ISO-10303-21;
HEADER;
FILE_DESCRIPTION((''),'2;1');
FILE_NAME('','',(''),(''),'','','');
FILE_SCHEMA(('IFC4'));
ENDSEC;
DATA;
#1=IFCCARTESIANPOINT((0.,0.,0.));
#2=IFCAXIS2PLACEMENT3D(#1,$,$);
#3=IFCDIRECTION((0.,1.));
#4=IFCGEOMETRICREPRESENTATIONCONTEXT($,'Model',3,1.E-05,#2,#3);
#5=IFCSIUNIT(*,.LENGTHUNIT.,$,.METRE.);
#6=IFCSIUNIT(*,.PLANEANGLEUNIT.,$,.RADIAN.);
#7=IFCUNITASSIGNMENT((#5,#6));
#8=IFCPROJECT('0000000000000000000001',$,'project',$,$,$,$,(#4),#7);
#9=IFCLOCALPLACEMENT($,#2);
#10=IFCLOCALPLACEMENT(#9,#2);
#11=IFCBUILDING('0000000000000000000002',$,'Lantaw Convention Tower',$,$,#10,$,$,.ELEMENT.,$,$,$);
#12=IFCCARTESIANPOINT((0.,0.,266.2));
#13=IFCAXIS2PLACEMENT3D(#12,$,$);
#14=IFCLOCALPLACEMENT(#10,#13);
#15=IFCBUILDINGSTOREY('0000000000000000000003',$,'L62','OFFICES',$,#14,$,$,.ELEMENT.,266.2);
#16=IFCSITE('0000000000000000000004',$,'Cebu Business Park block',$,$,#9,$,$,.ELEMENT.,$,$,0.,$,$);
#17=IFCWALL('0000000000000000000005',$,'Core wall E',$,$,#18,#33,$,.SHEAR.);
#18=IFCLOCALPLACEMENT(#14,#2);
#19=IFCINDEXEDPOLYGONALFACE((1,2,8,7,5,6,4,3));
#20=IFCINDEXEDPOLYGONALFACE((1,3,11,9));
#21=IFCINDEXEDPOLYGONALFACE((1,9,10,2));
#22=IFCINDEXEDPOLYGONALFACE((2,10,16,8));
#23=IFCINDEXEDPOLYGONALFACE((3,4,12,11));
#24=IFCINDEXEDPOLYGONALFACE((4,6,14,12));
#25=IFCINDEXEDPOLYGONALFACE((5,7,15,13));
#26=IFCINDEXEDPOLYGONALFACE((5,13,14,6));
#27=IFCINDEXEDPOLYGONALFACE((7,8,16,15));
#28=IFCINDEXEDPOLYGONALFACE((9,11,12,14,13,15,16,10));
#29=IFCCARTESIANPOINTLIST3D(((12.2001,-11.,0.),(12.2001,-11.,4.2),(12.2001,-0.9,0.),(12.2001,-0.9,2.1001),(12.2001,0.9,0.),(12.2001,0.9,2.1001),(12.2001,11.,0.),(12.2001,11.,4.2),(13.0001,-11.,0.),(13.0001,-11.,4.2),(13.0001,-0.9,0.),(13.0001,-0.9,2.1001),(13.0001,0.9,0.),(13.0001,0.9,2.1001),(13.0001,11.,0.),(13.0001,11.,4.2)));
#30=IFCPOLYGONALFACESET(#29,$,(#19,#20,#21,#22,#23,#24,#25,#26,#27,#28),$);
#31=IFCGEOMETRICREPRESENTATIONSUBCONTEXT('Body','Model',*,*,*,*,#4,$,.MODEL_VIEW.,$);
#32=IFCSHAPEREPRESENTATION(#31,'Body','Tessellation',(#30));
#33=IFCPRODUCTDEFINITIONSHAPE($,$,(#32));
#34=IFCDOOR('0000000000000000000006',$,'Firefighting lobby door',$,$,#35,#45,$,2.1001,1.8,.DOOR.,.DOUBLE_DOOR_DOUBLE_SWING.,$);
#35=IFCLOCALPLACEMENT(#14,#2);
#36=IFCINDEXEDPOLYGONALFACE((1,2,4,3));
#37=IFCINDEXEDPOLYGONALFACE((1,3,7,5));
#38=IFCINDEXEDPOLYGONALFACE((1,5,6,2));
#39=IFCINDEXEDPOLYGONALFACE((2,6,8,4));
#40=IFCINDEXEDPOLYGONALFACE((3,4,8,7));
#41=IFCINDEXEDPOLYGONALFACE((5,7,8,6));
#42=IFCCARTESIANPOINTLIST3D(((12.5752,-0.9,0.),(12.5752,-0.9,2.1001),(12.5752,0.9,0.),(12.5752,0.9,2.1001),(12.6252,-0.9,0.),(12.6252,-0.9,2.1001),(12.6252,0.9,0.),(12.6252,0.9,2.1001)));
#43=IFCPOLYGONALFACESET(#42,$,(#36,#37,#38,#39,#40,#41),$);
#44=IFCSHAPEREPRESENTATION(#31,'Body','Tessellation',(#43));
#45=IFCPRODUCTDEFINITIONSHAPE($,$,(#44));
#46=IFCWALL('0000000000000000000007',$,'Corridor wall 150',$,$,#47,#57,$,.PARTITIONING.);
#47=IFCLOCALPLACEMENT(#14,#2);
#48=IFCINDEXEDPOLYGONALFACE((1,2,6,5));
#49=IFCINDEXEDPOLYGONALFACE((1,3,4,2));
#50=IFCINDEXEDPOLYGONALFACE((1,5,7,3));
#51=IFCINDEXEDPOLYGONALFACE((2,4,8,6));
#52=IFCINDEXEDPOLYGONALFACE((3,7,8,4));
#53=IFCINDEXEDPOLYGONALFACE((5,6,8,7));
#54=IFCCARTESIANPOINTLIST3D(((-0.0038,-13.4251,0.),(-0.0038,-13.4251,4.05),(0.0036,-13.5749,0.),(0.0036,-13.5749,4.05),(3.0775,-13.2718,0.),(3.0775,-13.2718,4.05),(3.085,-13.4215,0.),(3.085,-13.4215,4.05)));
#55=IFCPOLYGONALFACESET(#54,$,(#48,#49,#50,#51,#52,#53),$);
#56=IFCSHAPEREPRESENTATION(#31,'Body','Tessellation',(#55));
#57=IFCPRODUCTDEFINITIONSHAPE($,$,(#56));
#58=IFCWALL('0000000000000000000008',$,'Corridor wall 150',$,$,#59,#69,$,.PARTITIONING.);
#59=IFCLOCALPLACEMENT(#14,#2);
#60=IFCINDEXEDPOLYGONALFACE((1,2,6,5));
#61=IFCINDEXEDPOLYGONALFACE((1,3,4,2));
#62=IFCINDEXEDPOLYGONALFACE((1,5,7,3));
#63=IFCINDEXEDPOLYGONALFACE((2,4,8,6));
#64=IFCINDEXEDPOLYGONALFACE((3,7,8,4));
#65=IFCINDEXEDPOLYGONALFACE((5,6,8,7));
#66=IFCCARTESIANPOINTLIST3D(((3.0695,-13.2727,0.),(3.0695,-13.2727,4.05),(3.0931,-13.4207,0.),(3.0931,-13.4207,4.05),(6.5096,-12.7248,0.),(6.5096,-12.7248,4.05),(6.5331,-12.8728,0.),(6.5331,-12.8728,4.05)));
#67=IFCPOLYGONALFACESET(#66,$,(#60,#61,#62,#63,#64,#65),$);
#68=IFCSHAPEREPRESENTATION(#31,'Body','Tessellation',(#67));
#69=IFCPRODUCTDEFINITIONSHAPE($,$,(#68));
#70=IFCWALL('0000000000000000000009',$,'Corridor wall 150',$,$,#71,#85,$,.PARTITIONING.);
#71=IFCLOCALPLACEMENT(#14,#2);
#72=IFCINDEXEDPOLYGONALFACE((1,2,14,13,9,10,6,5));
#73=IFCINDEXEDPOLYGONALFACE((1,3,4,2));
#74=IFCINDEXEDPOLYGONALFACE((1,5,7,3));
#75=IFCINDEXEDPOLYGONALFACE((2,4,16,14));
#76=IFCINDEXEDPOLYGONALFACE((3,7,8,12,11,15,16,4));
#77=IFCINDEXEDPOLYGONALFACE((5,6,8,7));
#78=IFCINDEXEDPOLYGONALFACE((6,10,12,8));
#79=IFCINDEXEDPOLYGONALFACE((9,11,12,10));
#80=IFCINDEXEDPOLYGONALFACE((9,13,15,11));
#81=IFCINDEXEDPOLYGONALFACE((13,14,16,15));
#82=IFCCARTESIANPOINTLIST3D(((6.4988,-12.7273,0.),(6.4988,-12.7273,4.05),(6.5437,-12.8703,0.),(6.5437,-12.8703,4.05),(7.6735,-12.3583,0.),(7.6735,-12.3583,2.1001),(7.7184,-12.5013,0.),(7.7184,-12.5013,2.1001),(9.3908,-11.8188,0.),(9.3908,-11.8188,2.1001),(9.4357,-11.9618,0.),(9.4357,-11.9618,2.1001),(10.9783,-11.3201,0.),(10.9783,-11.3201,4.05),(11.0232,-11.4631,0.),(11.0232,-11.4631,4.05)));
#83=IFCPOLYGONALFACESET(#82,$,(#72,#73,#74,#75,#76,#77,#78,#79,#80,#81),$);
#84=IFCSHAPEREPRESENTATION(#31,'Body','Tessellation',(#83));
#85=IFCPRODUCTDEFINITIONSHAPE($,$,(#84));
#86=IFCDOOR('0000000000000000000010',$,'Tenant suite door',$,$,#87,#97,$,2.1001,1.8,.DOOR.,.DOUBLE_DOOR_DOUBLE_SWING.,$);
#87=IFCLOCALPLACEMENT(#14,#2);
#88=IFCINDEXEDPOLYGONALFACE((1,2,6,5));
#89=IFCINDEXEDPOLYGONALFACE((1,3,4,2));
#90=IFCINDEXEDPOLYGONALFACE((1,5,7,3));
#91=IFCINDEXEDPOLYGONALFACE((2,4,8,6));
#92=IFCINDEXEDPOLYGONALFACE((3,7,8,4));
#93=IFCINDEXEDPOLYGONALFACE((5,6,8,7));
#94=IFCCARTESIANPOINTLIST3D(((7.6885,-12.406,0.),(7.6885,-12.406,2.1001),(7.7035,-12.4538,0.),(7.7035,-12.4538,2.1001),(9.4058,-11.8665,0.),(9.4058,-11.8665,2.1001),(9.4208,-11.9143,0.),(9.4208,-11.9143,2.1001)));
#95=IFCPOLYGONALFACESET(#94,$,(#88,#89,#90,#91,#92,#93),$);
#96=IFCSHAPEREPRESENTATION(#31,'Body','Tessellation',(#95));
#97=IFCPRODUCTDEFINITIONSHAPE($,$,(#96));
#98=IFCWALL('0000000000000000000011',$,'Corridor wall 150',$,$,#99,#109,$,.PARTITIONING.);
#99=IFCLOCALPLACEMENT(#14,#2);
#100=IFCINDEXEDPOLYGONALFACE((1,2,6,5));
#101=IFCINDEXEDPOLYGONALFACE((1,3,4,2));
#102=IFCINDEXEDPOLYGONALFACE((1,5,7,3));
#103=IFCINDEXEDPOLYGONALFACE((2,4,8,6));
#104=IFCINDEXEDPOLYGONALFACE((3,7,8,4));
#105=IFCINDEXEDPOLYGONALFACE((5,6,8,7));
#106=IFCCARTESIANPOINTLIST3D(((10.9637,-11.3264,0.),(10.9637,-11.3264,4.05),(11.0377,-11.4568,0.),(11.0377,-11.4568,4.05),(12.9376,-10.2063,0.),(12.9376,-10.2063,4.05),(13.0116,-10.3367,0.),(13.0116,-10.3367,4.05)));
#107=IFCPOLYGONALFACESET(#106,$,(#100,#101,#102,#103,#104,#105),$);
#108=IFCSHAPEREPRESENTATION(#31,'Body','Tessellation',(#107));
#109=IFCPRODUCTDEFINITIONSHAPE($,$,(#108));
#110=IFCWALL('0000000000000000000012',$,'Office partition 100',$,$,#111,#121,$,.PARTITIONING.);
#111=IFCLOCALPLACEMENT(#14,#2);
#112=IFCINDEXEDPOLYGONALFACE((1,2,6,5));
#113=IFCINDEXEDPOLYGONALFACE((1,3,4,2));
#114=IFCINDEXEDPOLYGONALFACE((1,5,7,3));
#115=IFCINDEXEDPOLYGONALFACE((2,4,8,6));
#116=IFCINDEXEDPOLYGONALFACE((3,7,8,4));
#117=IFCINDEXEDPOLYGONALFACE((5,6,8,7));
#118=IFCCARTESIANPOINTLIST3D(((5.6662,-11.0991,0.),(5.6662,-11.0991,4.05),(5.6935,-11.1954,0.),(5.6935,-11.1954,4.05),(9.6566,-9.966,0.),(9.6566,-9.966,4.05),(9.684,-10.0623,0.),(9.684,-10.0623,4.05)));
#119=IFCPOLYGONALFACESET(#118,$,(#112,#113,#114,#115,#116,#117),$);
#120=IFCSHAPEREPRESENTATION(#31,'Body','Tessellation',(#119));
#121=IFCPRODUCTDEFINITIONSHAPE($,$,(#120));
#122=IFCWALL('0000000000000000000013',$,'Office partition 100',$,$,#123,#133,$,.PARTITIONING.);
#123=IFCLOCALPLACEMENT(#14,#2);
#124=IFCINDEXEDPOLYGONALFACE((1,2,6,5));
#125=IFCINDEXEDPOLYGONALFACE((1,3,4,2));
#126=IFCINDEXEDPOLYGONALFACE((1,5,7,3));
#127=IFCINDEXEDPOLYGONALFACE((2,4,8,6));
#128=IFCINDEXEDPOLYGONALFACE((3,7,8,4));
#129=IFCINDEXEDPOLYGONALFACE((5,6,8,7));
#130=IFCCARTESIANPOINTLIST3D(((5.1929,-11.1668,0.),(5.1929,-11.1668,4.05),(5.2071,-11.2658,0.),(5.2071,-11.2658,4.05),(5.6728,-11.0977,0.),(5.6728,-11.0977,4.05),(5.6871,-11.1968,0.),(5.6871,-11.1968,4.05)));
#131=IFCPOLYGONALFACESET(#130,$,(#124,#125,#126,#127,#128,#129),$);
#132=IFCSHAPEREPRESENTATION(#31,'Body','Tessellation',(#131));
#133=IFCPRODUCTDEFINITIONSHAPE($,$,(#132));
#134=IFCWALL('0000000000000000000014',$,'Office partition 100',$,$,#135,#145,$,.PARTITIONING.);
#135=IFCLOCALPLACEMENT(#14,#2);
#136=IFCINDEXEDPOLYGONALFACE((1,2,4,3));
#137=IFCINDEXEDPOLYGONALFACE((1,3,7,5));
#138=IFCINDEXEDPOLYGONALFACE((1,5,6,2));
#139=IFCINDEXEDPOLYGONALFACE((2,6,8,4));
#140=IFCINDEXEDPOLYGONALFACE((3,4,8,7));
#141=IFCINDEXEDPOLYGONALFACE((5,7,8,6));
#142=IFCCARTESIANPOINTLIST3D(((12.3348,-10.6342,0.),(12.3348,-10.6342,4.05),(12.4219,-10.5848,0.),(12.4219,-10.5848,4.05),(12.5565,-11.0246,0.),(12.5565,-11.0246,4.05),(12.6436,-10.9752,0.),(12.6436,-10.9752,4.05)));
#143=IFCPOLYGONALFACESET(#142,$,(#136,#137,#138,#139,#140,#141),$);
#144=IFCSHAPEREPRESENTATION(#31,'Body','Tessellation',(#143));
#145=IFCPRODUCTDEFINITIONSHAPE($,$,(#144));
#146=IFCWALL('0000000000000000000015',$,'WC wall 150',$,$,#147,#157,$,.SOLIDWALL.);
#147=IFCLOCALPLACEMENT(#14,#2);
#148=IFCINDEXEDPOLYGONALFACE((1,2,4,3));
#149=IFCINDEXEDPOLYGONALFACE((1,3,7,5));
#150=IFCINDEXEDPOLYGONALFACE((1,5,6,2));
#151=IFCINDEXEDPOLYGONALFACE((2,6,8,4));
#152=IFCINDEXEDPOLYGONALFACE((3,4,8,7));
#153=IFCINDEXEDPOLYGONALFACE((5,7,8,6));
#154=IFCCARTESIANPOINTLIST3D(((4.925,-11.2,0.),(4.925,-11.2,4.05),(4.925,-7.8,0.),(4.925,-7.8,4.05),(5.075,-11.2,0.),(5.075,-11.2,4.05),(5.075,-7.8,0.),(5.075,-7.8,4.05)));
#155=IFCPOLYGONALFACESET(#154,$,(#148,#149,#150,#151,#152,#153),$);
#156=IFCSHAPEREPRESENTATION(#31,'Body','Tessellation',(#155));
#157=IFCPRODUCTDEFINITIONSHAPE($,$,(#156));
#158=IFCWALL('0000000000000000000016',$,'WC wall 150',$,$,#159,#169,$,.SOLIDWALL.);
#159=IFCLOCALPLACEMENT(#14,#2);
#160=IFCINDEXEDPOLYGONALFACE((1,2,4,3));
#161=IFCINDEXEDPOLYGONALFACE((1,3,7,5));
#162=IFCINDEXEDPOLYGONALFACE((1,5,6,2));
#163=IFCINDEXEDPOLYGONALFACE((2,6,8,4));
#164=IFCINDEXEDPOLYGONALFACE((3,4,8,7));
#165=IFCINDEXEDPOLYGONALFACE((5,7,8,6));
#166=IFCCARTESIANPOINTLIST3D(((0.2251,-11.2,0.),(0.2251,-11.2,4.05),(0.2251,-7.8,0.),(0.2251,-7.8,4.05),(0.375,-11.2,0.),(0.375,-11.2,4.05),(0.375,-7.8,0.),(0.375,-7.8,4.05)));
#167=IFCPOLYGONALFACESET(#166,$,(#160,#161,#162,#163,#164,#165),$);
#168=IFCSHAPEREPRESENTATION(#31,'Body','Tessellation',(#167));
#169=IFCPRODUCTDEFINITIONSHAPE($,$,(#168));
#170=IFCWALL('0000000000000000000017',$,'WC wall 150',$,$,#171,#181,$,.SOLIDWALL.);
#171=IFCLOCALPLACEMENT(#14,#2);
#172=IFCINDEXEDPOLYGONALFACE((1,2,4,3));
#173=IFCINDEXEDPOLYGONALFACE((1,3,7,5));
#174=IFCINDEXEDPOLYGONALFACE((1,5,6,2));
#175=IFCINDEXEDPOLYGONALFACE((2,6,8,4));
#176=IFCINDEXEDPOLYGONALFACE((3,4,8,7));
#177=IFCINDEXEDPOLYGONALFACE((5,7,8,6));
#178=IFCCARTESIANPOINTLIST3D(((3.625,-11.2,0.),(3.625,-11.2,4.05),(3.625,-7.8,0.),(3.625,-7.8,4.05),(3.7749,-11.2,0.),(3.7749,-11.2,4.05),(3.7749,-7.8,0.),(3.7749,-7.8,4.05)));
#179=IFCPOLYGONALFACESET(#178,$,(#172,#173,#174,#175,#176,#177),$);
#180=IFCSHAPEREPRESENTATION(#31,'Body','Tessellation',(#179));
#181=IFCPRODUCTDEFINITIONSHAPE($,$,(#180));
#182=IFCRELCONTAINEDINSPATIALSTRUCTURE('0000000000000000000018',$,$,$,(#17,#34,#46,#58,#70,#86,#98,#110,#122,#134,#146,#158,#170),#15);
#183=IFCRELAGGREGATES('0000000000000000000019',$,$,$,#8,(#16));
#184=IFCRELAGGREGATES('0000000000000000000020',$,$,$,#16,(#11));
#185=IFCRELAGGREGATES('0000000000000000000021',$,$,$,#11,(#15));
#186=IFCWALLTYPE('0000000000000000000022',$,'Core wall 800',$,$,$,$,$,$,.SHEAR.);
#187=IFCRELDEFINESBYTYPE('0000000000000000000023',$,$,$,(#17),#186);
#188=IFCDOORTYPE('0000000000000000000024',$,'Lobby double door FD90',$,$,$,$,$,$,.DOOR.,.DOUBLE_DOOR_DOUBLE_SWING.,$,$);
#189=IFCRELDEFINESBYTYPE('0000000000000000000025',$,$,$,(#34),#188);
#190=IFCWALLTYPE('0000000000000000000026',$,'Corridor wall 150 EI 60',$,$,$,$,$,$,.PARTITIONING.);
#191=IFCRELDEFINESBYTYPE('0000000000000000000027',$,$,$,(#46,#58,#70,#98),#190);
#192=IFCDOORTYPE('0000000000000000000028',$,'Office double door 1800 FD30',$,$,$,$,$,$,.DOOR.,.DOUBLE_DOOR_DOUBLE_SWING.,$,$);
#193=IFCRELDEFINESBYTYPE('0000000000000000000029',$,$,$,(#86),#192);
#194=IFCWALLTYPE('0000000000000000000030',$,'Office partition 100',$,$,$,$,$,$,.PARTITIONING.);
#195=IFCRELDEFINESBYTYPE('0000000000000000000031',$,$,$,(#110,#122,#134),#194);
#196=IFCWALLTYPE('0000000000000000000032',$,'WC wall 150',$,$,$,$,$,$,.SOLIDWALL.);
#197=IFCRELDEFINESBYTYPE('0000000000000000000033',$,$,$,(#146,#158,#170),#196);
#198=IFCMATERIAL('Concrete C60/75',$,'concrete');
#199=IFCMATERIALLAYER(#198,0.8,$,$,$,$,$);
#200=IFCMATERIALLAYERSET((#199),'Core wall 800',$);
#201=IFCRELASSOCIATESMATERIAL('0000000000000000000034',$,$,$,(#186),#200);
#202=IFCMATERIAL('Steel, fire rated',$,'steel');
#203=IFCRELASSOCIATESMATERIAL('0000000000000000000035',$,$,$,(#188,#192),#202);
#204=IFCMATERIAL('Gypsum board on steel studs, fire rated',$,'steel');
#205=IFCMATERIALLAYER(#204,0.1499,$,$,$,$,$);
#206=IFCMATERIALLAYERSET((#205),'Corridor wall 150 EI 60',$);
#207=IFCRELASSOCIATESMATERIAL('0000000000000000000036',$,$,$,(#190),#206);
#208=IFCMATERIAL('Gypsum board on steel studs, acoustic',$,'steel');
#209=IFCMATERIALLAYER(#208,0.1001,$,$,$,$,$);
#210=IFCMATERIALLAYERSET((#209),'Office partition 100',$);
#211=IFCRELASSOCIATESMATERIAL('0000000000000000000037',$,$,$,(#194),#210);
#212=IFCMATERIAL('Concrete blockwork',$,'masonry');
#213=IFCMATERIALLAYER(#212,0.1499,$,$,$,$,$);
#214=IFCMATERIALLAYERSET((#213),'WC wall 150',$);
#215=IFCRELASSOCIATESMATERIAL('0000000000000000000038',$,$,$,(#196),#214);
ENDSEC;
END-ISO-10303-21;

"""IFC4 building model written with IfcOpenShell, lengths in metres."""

from ifc_helpers import new_model, si_unit, direction, frame, frame_2d, origin, place, context, subcontext, project, spatial, rectangle, extrude, material, layer, layer_set, type_object, element, fill, save


model = new_model("IFC4")

# Units and contexts
model_context = context("Model", 3, precision=1e-05, world=origin(), true_north=direction((0.0, 1.0)))
body_context = subcontext(model_context, "Body", "Model", "MODEL_VIEW")
ifc_project = project(units=[si_unit("LENGTHUNIT", "METRE"), si_unit("PLANEANGLEUNIT", "RADIAN")], contexts=[model_context])

# Site, building, storey
site_placement = place(None, origin())
site = spatial("IfcSite", under=ifc_project, at=site_placement, Name="Cebu Business Park block", CompositionType="ELEMENT", RefElevation=0.0)
building_placement = place(site_placement, origin())
building = spatial("IfcBuilding", under=site, at=building_placement, Name="Lantaw Convention Tower", CompositionType="ELEMENT")
storey_placement = place(building_placement, frame((0.0, 0.0, 266.2)))
storey = spatial("IfcBuildingStorey", under=building, at=storey_placement, Name="L62", Description="OFFICES", CompositionType="ELEMENT", Elevation=266.2)

# Wall, opening, door
ifc_material_1 = material(Name="Concrete C60/75", Category="concrete")
ifc_layer_1 = layer(ifc_material_1, 0.8)
ifc_layer_set_1 = layer_set([ifc_layer_1], Name="Core wall 800")
wall_type_1 = type_object("IfcWallType", Name="Core wall 800", PredefinedType="SHEAR", material=ifc_layer_set_1)
wall_1_placement = place(storey_placement, frame((12.6001, -11.0, 0.0), z_axis=(0.0, 0.0, 1.0), x_axis=(0.0, 1.0, 0.0)))
wall_1 = element("IfcWall", 1, at=wall_1_placement, inside=storey, type_object=wall_type_1, Name="Core wall E", PredefinedType="SHEAR", context=body_context, shape_type="SweptSolid", body=[
    extrude(rectangle(XDim=22.0, YDim=0.8, at=frame_2d((11.0, 0.0))), origin(), (0.0, 0.0, 1.0), 4.2),
])
opening_1_placement = place(wall_1_placement, frame((10.1001, 0.0, 0.0)))
opening_1 = element("IfcOpeningElement", 2, at=opening_1_placement, cuts=wall_1, PredefinedType="OPENING", context=body_context, shape_type="SweptSolid", body=[
    extrude(rectangle(XDim=1.8, YDim=2.1001, at=frame_2d((0.8999, 1.05))), frame((0.0, 0.4099, 0.0), z_axis=(0.0, -1.0, 0.0), x_axis=(1.0, 0.0, 0.0)), (0.0, 0.0, 1.0), 0.8201),
])
ifc_material_2 = material(Name="Steel, fire rated", Category="steel")
door_type_1 = type_object("IfcDoorType", Name="Lobby double door FD90", OperationType="DOUBLE_DOOR_DOUBLE_SWING", PredefinedType="DOOR", material=ifc_material_2)
door_1_placement = place(opening_1_placement, origin())
door_1 = element("IfcDoor", 3, at=door_1_placement, inside=storey, type_object=door_type_1, Name="Firefighting lobby door", OperationType="DOUBLE_DOOR_DOUBLE_SWING", OverallHeight=2.1001, OverallWidth=1.8, PredefinedType="DOOR", context=body_context, shape_type="SweptSolid", body=[
    extrude(rectangle(XDim=1.8, YDim=2.1001, at=frame_2d((0.8999, 1.05))), frame((0.0, 0.0249, 0.0), z_axis=(0.0, -1.0, 0.0), x_axis=(1.0, 0.0, 0.0)), (0.0, 0.0, 1.0), 0.05),
])
fill(opening_1, door_1)

# Walls
ifc_material_3 = material(Name="Gypsum board on steel studs, fire rated", Category="steel")
ifc_layer_2 = layer(ifc_material_3, 0.1499)
ifc_layer_set_2 = layer_set([ifc_layer_2], Name="Corridor wall 150 EI 60")
wall_type_2 = type_object("IfcWallType", Name="Corridor wall 150 EI 60", PredefinedType="PARTITIONING", material=ifc_layer_set_2)
wall_2_placement = place(storey_placement, frame((0.0, -13.5, 0.0), z_axis=(0.0, 0.0, 1.0), x_axis=(0.998764, 0.049697, 0.0)))
element("IfcWall", 4, at=wall_2_placement, inside=storey, type_object=wall_type_2, Name="Corridor wall 150", PredefinedType="PARTITIONING", context=body_context, shape_type="SweptSolid", body=[
    extrude(rectangle(XDim=3.0852, YDim=0.1499, at=frame_2d((1.5425, 0.0))), origin(), (0.0, 0.0, 1.0), 4.05),
])
wall_3_placement = place(storey_placement, frame((3.0813, -13.3467, 0.0), z_axis=(0.0, 0.0, 1.0), x_axis=(0.987554, 0.15728, 0.0)))
element("IfcWall", 5, at=wall_3_placement, inside=storey, type_object=wall_type_2, Name="Corridor wall 150", PredefinedType="PARTITIONING", context=body_context, shape_type="SweptSolid", body=[
    extrude(rectangle(XDim=3.4834, YDim=0.1499, at=frame_2d((1.7417, 0.0))), origin(), (0.0, 0.0, 1.0), 4.05),
])

# Wall, opening, door
wall_4_placement = place(storey_placement, frame((6.5212, -12.7988, 0.0), z_axis=(0.0, 0.0, 1.0), x_axis=(0.954031, 0.299708, 0.0)))
wall_4 = element("IfcWall", 6, at=wall_4_placement, inside=storey, type_object=wall_type_2, Name="Corridor wall 150", PredefinedType="PARTITIONING", context=body_context, shape_type="SweptSolid", body=[
    extrude(rectangle(XDim=4.6953, YDim=0.1499, at=frame_2d((2.3477, 0.0))), origin(), (0.0, 0.0, 1.0), 4.05),
])
opening_2_placement = place(wall_4_placement, frame((1.2314, 0.0, 0.0)))
opening_2 = element("IfcOpeningElement", 7, at=opening_2_placement, cuts=wall_4, PredefinedType="OPENING", context=body_context, shape_type="SweptSolid", body=[
    extrude(rectangle(XDim=1.8, YDim=2.1001, at=frame_2d((0.8999, 1.05))), frame((0.0, 0.085, 0.0), z_axis=(0.0, -1.0, 0.0), x_axis=(1.0, 0.0, 0.0)), (0.0, 0.0, 1.0), 0.1699),
])
door_type_2 = type_object("IfcDoorType", Name="Office double door 1800 FD30", OperationType="DOUBLE_DOOR_DOUBLE_SWING", PredefinedType="DOOR", material=ifc_material_2)
door_2_placement = place(opening_2_placement, origin())
door_2 = element("IfcDoor", 8, at=door_2_placement, inside=storey, type_object=door_type_2, Name="Tenant suite door", OperationType="DOUBLE_DOOR_DOUBLE_SWING", OverallHeight=2.1001, OverallWidth=1.8, PredefinedType="DOOR", context=body_context, shape_type="SweptSolid", body=[
    extrude(rectangle(XDim=1.8, YDim=2.1001, at=frame_2d((0.8999, 1.05))), frame((0.0, 0.0249, 0.0), z_axis=(0.0, -1.0, 0.0), x_axis=(1.0, 0.0, 0.0)), (0.0, 0.0, 1.0), 0.05),
])
fill(opening_2, door_2)

# Walls
wall_5_placement = place(storey_placement, frame((11.0007, -11.3916, 0.0), z_axis=(0.0, 0.0, 1.0), x_axis=(0.869722, 0.493542, 0.0)))
element("IfcWall", 9, at=wall_5_placement, inside=storey, type_object=wall_type_2, Name="Corridor wall 150", PredefinedType="PARTITIONING", context=body_context, shape_type="SweptSolid", body=[
    extrude(rectangle(XDim=2.2695, YDim=0.1499, at=frame_2d((1.1348, 0.0))), origin(), (0.0, 0.0, 1.0), 4.05),
])
ifc_material_4 = material(Name="Gypsum board on steel studs, acoustic", Category="steel")
ifc_layer_3 = layer(ifc_material_4, 0.1001)
ifc_layer_set_3 = layer_set([ifc_layer_3], Name="Office partition 100")
wall_type_3 = type_object("IfcWallType", Name="Office partition 100", PredefinedType="PARTITIONING", material=ifc_layer_set_3)
wall_6_placement = place(storey_placement, frame((9.6704, -10.0142, 0.0), z_axis=(0.0, 0.0, 1.0), x_axis=(-0.961973, -0.273143, 0.0)))
element("IfcWall", 10, at=wall_6_placement, inside=storey, type_object=wall_type_3, Name="Office partition 100", PredefinedType="PARTITIONING", context=body_context, shape_type="SweptSolid", body=[
    extrude(rectangle(XDim=4.1482, YDim=0.1001, at=frame_2d((2.0742, 0.0))), origin(), (0.0, 0.0, 1.0), 4.05),
])
wall_7_placement = place(storey_placement, frame((5.6799, -11.1472, 0.0), z_axis=(0.0, 0.0, 1.0), x_axis=(-0.989798, -0.142479, 0.0)))
element("IfcWall", 11, at=wall_7_placement, inside=storey, type_object=wall_type_3, Name="Office partition 100", PredefinedType="PARTITIONING", context=body_context, shape_type="SweptSolid", body=[
    extrude(rectangle(XDim=0.4849, YDim=0.1001, at=frame_2d((0.2424, 0.0))), origin(), (0.0, 0.0, 1.0), 4.05),
])
wall_8_placement = place(storey_placement, frame((12.6001, -11.0, 0.0), z_axis=(0.0, 0.0, 1.0), x_axis=(-0.493794, 0.869579, 0.0)))
element("IfcWall", 12, at=wall_8_placement, inside=storey, type_object=wall_type_3, Name="Office partition 100", PredefinedType="PARTITIONING", context=body_context, shape_type="SweptSolid", body=[
    extrude(rectangle(XDim=0.449, YDim=0.1001, at=frame_2d((0.2246, 0.0))), origin(), (0.0, 0.0, 1.0), 4.05),
])
ifc_material_5 = material(Name="Concrete blockwork", Category="masonry")
ifc_layer_4 = layer(ifc_material_5, 0.1499)
ifc_layer_set_4 = layer_set([ifc_layer_4], Name="WC wall 150")
wall_type_4 = type_object("IfcWallType", Name="WC wall 150", PredefinedType="SOLIDWALL", material=ifc_layer_set_4)
for number, where, z_axis, x_axis, name in (
    (13, (5.0, -7.8, 0.0), (0.0, 0.0, 1.0), (0.0, -1.0, 0.0), "WC wall 150"),
    (14, (0.3, -7.8, 0.0), (0.0, 0.0, 1.0), (0.0, -1.0, 0.0), "WC wall 150"),
    (15, (3.7, -7.8, 0.0), (0.0, 0.0, 1.0), (0.0, -1.0, 0.0), "WC wall 150"),
):
    element("IfcWall", number, at=place(storey_placement, frame(where, z_axis=z_axis, x_axis=x_axis)), inside=storey, type_object=wall_type_4, Name=name, PredefinedType="SOLIDWALL", context=body_context, shape_type="SweptSolid", body=[
        extrude(rectangle(XDim=3.3999, YDim=0.1499, at=frame_2d((1.7, 0.0))), origin(), (0.0, 0.0, 1.0), 4.05),
    ])

save(model, "model.ifc")
